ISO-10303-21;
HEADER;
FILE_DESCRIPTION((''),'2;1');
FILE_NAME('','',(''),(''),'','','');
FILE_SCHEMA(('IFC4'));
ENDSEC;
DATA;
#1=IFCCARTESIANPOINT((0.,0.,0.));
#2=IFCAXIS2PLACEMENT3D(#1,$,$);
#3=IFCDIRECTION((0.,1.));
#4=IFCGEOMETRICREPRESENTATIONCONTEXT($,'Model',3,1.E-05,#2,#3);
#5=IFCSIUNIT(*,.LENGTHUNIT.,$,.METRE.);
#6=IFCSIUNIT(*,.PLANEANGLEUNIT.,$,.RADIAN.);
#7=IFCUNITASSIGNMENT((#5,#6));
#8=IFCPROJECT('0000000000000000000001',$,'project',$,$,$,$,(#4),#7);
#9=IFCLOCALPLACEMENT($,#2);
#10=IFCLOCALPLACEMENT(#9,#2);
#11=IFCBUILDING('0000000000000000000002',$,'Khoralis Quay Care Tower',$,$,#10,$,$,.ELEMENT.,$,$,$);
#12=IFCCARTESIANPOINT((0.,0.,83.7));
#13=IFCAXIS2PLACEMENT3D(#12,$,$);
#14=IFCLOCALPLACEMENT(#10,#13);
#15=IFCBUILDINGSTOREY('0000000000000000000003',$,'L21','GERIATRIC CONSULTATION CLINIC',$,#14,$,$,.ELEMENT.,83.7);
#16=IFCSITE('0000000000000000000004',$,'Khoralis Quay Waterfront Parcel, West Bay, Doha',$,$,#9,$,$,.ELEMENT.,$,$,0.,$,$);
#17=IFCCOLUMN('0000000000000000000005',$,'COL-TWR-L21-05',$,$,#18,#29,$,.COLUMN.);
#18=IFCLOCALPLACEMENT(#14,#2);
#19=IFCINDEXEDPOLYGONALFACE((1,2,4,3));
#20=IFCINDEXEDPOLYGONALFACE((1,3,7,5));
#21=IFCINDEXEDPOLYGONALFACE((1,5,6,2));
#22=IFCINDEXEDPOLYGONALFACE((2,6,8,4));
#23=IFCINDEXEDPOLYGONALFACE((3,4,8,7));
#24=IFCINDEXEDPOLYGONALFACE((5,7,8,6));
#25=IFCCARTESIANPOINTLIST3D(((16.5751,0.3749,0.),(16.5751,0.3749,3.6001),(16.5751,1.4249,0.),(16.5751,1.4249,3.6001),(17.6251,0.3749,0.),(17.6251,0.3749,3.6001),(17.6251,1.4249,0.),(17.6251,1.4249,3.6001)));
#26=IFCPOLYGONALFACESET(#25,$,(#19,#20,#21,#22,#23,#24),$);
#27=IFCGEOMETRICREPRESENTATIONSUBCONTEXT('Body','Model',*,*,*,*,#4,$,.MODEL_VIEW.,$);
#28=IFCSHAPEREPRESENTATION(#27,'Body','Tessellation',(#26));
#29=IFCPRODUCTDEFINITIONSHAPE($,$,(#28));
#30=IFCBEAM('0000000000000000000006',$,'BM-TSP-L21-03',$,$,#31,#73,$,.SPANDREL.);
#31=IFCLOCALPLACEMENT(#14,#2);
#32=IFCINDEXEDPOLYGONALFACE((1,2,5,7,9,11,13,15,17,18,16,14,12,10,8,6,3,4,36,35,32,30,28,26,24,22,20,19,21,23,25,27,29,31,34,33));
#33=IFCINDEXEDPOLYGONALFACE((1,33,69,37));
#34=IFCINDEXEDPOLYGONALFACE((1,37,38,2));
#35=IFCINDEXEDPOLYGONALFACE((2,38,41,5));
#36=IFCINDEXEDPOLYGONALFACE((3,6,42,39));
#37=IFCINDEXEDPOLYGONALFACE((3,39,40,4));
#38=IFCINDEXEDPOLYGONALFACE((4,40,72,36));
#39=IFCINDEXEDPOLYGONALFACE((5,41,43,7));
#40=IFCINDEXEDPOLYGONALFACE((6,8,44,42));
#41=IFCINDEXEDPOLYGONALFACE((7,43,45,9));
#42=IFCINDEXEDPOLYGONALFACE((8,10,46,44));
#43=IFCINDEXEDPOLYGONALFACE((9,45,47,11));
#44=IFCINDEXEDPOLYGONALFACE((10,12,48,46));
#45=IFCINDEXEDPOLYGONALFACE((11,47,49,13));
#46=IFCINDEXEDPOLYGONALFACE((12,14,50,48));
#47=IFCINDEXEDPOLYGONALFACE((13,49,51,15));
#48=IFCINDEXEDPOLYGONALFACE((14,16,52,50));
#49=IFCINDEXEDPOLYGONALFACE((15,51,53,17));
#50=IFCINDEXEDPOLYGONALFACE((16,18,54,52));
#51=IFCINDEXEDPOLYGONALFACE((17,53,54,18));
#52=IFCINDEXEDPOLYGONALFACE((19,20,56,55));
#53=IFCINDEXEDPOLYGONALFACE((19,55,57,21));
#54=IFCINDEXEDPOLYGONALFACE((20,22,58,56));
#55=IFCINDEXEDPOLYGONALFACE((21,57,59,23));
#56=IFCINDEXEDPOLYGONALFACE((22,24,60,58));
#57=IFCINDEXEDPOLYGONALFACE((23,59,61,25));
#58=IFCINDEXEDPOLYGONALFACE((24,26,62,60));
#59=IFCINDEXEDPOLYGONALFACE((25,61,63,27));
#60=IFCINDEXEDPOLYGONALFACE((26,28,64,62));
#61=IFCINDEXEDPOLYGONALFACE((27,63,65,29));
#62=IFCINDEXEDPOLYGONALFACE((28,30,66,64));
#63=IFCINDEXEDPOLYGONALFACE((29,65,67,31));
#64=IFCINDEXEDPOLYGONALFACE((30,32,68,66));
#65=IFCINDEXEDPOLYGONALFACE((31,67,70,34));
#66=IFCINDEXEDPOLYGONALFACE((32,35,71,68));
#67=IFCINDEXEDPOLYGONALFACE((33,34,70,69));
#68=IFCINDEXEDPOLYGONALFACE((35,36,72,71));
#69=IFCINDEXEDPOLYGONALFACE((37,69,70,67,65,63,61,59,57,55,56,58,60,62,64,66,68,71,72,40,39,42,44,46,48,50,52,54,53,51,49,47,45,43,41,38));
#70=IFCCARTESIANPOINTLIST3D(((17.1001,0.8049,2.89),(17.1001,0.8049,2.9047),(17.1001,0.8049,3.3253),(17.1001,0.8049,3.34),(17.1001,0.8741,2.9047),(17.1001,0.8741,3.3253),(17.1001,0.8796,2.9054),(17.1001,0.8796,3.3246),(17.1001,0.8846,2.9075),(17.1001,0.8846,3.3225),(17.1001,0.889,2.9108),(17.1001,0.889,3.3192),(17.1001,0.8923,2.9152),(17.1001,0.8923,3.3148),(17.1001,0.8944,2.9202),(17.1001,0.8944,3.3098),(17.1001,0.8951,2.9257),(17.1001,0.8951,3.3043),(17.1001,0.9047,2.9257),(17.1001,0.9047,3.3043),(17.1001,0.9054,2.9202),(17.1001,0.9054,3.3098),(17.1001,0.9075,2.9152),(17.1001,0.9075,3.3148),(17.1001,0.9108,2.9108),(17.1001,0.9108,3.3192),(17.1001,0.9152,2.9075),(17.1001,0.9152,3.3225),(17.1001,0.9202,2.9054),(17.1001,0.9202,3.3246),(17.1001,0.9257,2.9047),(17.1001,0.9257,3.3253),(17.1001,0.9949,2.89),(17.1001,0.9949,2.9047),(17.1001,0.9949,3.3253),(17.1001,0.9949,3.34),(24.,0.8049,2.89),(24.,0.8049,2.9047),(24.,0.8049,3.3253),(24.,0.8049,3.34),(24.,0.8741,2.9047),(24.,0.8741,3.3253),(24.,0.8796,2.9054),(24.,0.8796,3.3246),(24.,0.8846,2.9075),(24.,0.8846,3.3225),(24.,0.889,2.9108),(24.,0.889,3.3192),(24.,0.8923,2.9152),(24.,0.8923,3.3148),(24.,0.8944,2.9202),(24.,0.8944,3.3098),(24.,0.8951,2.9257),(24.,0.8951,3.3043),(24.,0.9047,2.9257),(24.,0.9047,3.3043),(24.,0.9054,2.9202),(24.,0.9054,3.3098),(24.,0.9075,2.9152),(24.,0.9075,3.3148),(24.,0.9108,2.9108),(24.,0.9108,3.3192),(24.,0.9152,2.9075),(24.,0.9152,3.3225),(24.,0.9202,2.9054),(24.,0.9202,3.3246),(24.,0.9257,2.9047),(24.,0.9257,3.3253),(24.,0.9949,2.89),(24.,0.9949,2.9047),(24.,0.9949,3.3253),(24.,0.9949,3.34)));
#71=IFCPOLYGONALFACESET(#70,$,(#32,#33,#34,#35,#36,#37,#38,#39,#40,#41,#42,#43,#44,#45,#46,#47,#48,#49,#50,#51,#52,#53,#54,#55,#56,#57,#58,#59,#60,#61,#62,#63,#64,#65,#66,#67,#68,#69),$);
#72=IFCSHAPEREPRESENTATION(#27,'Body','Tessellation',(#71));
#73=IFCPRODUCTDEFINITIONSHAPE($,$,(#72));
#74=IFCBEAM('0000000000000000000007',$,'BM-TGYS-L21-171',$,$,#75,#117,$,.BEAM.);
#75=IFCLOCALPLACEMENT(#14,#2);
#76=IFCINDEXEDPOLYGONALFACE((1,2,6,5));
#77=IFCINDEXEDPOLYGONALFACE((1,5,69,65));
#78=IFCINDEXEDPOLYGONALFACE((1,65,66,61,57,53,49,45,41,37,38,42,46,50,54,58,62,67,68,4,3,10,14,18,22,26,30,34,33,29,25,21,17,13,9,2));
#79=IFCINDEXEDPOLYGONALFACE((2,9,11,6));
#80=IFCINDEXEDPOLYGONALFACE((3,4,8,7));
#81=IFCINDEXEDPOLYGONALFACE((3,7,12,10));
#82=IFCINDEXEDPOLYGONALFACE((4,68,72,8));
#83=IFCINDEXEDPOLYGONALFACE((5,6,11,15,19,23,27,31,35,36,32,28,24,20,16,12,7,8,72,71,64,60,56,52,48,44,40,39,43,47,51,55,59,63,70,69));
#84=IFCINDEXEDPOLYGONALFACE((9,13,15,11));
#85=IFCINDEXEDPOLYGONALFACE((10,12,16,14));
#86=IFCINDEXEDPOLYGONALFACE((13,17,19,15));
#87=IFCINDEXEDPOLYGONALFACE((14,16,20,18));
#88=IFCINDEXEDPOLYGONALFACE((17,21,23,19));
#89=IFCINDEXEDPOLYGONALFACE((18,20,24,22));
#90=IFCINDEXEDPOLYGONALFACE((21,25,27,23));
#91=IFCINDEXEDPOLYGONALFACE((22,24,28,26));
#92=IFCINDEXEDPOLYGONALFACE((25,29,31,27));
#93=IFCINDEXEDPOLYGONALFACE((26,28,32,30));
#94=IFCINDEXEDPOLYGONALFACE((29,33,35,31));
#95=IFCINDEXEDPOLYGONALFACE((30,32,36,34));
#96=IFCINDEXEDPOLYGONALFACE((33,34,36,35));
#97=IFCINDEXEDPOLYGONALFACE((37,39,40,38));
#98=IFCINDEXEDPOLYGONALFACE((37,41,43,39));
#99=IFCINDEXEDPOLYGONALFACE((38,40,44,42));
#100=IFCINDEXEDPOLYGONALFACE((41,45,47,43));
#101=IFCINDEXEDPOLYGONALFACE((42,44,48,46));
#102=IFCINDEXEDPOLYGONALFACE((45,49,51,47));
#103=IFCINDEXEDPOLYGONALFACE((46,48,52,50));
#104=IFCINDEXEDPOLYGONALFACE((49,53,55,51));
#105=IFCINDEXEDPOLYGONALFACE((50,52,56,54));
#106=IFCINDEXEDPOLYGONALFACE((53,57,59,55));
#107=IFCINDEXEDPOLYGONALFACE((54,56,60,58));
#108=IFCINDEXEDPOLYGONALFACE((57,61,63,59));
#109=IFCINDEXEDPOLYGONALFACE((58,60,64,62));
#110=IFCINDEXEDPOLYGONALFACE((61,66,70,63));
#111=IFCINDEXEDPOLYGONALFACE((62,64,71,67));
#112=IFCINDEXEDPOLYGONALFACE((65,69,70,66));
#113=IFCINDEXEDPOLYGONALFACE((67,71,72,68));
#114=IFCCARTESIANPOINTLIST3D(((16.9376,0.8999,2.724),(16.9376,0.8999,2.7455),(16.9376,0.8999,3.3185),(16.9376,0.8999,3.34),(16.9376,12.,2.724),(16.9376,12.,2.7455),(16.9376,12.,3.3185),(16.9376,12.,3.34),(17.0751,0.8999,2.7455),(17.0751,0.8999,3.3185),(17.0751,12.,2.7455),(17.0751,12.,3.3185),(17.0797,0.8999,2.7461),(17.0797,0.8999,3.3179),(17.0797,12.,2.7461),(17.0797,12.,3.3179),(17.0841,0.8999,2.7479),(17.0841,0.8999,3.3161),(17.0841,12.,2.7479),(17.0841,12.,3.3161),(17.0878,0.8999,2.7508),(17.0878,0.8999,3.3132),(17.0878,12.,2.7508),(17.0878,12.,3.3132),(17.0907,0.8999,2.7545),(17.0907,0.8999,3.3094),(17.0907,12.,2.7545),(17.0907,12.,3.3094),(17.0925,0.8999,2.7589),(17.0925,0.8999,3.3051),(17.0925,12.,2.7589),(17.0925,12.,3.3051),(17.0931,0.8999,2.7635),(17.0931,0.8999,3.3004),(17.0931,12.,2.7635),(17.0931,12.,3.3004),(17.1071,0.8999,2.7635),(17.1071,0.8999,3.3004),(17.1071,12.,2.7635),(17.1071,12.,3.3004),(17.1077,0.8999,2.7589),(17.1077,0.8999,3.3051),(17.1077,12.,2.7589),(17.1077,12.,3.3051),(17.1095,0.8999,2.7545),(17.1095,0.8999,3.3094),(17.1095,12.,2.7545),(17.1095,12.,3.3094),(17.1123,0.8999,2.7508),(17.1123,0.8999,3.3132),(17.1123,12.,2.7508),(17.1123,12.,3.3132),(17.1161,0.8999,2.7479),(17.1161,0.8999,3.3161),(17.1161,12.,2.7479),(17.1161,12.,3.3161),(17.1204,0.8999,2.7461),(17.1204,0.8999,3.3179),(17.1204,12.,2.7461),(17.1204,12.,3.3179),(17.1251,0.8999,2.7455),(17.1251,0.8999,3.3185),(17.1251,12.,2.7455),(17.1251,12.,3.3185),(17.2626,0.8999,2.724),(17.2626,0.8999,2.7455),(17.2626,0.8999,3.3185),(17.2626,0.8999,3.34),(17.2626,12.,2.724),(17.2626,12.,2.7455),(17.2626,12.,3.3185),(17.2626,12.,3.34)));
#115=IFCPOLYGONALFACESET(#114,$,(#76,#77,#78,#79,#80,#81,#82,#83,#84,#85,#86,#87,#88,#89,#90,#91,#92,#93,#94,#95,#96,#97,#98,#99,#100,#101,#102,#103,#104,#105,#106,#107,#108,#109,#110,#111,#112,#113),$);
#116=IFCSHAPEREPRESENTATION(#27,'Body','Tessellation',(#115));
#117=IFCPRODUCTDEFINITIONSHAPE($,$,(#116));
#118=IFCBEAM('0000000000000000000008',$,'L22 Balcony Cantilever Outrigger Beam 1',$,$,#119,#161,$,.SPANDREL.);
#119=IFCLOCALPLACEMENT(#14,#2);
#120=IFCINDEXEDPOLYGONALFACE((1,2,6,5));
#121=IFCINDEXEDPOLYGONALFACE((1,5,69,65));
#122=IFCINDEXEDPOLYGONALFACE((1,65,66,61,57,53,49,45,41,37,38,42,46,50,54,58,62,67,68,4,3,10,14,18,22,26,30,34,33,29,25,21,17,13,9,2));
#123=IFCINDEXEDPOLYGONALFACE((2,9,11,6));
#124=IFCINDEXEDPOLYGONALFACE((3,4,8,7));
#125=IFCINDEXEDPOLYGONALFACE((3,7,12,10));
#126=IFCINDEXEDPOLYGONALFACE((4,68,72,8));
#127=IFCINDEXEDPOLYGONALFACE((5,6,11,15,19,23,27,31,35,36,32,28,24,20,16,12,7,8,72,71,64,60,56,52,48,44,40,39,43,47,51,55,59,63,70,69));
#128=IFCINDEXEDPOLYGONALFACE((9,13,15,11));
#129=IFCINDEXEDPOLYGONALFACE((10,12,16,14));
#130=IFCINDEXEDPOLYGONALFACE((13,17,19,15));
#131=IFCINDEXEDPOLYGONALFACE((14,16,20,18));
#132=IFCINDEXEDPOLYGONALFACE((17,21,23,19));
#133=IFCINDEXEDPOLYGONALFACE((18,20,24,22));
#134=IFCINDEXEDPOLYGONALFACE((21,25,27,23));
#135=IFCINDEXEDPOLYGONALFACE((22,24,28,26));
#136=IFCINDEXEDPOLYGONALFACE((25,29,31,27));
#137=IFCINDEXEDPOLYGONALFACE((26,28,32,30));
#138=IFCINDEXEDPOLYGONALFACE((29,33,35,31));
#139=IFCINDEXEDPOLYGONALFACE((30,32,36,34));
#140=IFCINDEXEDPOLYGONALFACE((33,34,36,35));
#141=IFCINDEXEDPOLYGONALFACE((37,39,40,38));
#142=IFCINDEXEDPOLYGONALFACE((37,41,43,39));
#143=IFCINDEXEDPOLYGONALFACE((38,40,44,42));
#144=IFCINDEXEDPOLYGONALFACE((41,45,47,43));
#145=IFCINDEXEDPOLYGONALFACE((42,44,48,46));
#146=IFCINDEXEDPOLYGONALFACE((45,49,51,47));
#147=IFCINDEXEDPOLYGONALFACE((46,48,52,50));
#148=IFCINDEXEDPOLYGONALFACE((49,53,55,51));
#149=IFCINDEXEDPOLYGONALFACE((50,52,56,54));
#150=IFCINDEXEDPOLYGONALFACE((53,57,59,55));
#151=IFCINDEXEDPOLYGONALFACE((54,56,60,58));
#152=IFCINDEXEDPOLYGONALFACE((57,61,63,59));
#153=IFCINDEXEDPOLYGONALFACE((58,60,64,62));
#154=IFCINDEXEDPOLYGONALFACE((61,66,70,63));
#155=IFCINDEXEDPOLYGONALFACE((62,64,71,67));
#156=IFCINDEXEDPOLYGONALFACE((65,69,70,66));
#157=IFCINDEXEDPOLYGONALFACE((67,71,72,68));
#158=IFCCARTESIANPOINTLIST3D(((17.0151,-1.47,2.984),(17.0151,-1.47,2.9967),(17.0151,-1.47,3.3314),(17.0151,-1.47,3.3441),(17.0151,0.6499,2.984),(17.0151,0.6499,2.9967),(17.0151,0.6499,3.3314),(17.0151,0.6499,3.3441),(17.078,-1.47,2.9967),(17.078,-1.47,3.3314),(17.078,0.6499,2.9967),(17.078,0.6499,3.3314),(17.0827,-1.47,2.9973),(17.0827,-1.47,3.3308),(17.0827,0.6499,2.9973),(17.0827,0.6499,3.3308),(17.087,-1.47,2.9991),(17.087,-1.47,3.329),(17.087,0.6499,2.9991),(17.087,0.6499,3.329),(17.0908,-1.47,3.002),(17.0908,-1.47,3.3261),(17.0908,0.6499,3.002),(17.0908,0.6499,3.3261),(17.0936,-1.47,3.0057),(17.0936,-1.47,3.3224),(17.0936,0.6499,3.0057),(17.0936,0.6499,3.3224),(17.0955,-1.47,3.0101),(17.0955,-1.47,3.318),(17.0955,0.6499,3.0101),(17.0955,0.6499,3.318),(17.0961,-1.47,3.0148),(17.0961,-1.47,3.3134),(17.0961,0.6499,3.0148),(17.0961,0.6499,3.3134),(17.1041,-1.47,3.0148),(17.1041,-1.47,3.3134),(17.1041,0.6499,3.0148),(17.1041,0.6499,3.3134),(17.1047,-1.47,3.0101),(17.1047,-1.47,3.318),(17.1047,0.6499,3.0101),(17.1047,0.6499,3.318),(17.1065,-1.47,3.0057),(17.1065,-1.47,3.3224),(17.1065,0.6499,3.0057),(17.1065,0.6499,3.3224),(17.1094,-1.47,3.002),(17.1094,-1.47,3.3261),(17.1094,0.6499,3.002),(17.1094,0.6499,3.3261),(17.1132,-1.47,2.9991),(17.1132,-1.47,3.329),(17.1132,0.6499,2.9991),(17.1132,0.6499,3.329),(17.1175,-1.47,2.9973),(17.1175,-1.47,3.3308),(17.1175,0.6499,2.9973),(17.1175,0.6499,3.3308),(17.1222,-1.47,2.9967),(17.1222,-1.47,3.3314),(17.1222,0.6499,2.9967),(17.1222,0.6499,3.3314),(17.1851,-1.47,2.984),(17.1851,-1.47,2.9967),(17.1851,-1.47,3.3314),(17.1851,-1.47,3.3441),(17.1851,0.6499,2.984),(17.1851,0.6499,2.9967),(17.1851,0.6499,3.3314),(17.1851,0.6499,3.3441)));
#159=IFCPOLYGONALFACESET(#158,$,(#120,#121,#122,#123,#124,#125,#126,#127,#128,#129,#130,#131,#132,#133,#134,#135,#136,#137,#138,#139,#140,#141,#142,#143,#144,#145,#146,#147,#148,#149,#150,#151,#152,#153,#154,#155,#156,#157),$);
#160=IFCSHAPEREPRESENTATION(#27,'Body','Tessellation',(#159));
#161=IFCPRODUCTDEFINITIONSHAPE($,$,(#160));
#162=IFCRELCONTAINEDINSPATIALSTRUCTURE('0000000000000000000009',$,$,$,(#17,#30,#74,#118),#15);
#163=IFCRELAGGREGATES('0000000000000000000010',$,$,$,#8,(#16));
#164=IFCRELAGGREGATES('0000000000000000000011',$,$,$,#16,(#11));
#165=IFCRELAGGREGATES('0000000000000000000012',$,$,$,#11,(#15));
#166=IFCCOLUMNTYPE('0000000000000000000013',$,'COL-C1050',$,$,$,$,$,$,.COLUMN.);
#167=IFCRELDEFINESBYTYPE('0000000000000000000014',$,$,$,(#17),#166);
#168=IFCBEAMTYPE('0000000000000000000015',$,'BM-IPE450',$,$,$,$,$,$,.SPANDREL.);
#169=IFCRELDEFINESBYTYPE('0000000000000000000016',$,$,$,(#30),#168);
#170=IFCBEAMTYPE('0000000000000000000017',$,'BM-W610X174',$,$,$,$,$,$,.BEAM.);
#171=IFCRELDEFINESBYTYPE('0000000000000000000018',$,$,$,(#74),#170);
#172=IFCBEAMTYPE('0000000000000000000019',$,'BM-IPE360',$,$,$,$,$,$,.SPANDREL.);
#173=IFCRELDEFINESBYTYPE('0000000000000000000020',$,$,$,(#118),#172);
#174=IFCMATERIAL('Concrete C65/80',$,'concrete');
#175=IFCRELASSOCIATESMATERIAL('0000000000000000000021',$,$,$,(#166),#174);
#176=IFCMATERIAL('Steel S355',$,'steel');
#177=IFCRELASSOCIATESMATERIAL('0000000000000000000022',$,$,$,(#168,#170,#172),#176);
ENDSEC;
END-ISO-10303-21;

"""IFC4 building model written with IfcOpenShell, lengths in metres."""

from ifc_helpers import new_model, si_unit, direction, frame, origin, origin_2d, place, context, subcontext, project, spatial, rectangle, i_section, extrude, source, transform, mapped, material, material_profile, profile_set, type_object, element, save


model = new_model("IFC4")

# Units and contexts
model_context = context("Model", 3, precision=1e-05, world=origin(), true_north=direction((0.0, 1.0)))
body_context = subcontext(model_context, "Body", "Model", "MODEL_VIEW")
ifc_project = project(units=[si_unit("LENGTHUNIT", "METRE"), si_unit("PLANEANGLEUNIT", "RADIAN")], contexts=[model_context])

# Site, building, storey
site_placement = place(None, origin())
site = spatial("IfcSite", under=ifc_project, at=site_placement, Name="Khoralis Quay Waterfront Parcel, West Bay, Doha", CompositionType="ELEMENT", RefElevation=0.0)
building_placement = place(site_placement, origin())
building = spatial("IfcBuilding", under=site, at=building_placement, Name="Khoralis Quay Care Tower", CompositionType="ELEMENT")
storey_placement = place(building_placement, frame((0.0, 0.0, 83.7)))
storey = spatial("IfcBuildingStorey", under=building, at=storey_placement, Name="L21", Description="GERIATRIC CONSULTATION CLINIC", CompositionType="ELEMENT", Elevation=83.7)

# Column
ifc_material_1 = material(Name="Concrete C65/80", Category="concrete")
ifc_material_profile_1 = material_profile(ifc_material_1, rectangle(XDim=1.05, YDim=1.05, at=origin_2d()), Name="Concrete C65/80")
ifc_profile_set_1 = profile_set([ifc_material_profile_1], Name="Concrete C65/80")
column_type = type_object("IfcColumnType", Name="COL-C1050", PredefinedType="COLUMN", material=ifc_profile_set_1)
shared_shape_1 = source(origin(), body_context, "Body", "SweptSolid", [
    extrude(rectangle(XDim=1.05, YDim=1.05, at=origin_2d()), origin(), (0.0, 0.0, 1.0), 3.6001),
])
column_placement = place(storey_placement, frame((17.1001, 0.8999, 0.0), z_axis=(0.0, 0.0, 1.0), x_axis=(1.0, 0.0, 0.0)))
element("IfcColumn", 1, at=column_placement, inside=storey, type_object=column_type, Name="COL-TWR-L21-05", PredefinedType="COLUMN", context=body_context, shape_type="MappedRepresentation", body=[
    mapped(shared_shape_1, transform((0.0, 0.0, 0.0), scale=1.0)),
])

# Beams
ifc_material_2 = material(Name="Steel S355", Category="steel")
ifc_material_profile_2 = material_profile(ifc_material_2, i_section(OverallWidth=0.1899, OverallDepth=0.45, WebThickness=0.0095, FlangeThickness=0.0146, FilletRadius=0.021, at=origin_2d()), Name="Steel S355")
ifc_profile_set_2 = profile_set([ifc_material_profile_2], Name="Steel S355")
beam_type_1 = type_object("IfcBeamType", Name="BM-IPE450", PredefinedType="SPANDREL", material=ifc_profile_set_2)
shared_shape_2 = source(origin(), body_context, "Body", "SweptSolid", [
    extrude(i_section(OverallWidth=0.1899, OverallDepth=0.45, WebThickness=0.0095, FlangeThickness=0.0146, FilletRadius=0.021, at=origin_2d()), origin(), (0.0, 0.0, 1.0), 6.8999),
])
beam_1_placement = place(storey_placement, frame((17.1001, 0.8999, 3.115), z_axis=(1.0, 0.0, 0.0), x_axis=(0.0, 1.0, 0.0)))
element("IfcBeam", 2, at=beam_1_placement, inside=storey, type_object=beam_type_1, Name="BM-TSP-L21-03", PredefinedType="SPANDREL", context=body_context, shape_type="MappedRepresentation", body=[
    mapped(shared_shape_2, transform((0.0, 0.0, 0.0), scale=1.0)),
])
ifc_material_profile_3 = material_profile(ifc_material_2, i_section(OverallWidth=0.325, OverallDepth=0.616, WebThickness=0.0139, FlangeThickness=0.0215, FilletRadius=0.0181, at=origin_2d()), Name="Steel S355")
ifc_profile_set_3 = profile_set([ifc_material_profile_3], Name="Steel S355")
beam_type_2 = type_object("IfcBeamType", Name="BM-W610X174", PredefinedType="BEAM", material=ifc_profile_set_3)
shared_shape_3 = source(origin(), body_context, "Body", "SweptSolid", [
    extrude(i_section(OverallWidth=0.325, OverallDepth=0.616, WebThickness=0.0139, FlangeThickness=0.0215, FilletRadius=0.0181, at=origin_2d()), origin(), (0.0, 0.0, 1.0), 11.1001),
])
beam_2_placement = place(storey_placement, frame((17.1001, 0.8999, 3.032), z_axis=(0.0, 1.0, 0.0), x_axis=(-1.0, 0.0, 0.0)))
element("IfcBeam", 3, at=beam_2_placement, inside=storey, type_object=beam_type_2, Name="BM-TGYS-L21-171", PredefinedType="BEAM", context=body_context, shape_type="MappedRepresentation", body=[
    mapped(shared_shape_3, transform((0.0, 0.0, 0.0), scale=1.0)),
])
ifc_material_profile_4 = material_profile(ifc_material_2, i_section(OverallWidth=0.1699, OverallDepth=0.3601, WebThickness=0.0081, FlangeThickness=0.0127, FilletRadius=0.0181, at=origin_2d()), Name="Steel S355")
ifc_profile_set_4 = profile_set([ifc_material_profile_4], Name="Steel S355")
beam_type_3 = type_object("IfcBeamType", Name="BM-IPE360", PredefinedType="SPANDREL", material=ifc_profile_set_4)
shared_shape_4 = source(origin(), body_context, "Body", "SweptSolid", [
    extrude(i_section(OverallWidth=0.1699, OverallDepth=0.3601, WebThickness=0.0081, FlangeThickness=0.0127, FilletRadius=0.0181, at=origin_2d()), origin(), (0.0, 0.0, 1.0), 2.1199),
])
beam_3_placement = place(storey_placement, frame((17.1001, 0.6499, 3.1641), z_axis=(0.0, -1.0, 0.0), x_axis=(1.0, 0.0, 0.0)))
element("IfcBeam", 4, at=beam_3_placement, inside=storey, type_object=beam_type_3, Name="L22 Balcony Cantilever Outrigger Beam 1", PredefinedType="SPANDREL", context=body_context, shape_type="MappedRepresentation", body=[
    mapped(shared_shape_4, transform((0.0, 0.0, 0.0), scale=1.0)),
])

save(model, "model.ifc")
